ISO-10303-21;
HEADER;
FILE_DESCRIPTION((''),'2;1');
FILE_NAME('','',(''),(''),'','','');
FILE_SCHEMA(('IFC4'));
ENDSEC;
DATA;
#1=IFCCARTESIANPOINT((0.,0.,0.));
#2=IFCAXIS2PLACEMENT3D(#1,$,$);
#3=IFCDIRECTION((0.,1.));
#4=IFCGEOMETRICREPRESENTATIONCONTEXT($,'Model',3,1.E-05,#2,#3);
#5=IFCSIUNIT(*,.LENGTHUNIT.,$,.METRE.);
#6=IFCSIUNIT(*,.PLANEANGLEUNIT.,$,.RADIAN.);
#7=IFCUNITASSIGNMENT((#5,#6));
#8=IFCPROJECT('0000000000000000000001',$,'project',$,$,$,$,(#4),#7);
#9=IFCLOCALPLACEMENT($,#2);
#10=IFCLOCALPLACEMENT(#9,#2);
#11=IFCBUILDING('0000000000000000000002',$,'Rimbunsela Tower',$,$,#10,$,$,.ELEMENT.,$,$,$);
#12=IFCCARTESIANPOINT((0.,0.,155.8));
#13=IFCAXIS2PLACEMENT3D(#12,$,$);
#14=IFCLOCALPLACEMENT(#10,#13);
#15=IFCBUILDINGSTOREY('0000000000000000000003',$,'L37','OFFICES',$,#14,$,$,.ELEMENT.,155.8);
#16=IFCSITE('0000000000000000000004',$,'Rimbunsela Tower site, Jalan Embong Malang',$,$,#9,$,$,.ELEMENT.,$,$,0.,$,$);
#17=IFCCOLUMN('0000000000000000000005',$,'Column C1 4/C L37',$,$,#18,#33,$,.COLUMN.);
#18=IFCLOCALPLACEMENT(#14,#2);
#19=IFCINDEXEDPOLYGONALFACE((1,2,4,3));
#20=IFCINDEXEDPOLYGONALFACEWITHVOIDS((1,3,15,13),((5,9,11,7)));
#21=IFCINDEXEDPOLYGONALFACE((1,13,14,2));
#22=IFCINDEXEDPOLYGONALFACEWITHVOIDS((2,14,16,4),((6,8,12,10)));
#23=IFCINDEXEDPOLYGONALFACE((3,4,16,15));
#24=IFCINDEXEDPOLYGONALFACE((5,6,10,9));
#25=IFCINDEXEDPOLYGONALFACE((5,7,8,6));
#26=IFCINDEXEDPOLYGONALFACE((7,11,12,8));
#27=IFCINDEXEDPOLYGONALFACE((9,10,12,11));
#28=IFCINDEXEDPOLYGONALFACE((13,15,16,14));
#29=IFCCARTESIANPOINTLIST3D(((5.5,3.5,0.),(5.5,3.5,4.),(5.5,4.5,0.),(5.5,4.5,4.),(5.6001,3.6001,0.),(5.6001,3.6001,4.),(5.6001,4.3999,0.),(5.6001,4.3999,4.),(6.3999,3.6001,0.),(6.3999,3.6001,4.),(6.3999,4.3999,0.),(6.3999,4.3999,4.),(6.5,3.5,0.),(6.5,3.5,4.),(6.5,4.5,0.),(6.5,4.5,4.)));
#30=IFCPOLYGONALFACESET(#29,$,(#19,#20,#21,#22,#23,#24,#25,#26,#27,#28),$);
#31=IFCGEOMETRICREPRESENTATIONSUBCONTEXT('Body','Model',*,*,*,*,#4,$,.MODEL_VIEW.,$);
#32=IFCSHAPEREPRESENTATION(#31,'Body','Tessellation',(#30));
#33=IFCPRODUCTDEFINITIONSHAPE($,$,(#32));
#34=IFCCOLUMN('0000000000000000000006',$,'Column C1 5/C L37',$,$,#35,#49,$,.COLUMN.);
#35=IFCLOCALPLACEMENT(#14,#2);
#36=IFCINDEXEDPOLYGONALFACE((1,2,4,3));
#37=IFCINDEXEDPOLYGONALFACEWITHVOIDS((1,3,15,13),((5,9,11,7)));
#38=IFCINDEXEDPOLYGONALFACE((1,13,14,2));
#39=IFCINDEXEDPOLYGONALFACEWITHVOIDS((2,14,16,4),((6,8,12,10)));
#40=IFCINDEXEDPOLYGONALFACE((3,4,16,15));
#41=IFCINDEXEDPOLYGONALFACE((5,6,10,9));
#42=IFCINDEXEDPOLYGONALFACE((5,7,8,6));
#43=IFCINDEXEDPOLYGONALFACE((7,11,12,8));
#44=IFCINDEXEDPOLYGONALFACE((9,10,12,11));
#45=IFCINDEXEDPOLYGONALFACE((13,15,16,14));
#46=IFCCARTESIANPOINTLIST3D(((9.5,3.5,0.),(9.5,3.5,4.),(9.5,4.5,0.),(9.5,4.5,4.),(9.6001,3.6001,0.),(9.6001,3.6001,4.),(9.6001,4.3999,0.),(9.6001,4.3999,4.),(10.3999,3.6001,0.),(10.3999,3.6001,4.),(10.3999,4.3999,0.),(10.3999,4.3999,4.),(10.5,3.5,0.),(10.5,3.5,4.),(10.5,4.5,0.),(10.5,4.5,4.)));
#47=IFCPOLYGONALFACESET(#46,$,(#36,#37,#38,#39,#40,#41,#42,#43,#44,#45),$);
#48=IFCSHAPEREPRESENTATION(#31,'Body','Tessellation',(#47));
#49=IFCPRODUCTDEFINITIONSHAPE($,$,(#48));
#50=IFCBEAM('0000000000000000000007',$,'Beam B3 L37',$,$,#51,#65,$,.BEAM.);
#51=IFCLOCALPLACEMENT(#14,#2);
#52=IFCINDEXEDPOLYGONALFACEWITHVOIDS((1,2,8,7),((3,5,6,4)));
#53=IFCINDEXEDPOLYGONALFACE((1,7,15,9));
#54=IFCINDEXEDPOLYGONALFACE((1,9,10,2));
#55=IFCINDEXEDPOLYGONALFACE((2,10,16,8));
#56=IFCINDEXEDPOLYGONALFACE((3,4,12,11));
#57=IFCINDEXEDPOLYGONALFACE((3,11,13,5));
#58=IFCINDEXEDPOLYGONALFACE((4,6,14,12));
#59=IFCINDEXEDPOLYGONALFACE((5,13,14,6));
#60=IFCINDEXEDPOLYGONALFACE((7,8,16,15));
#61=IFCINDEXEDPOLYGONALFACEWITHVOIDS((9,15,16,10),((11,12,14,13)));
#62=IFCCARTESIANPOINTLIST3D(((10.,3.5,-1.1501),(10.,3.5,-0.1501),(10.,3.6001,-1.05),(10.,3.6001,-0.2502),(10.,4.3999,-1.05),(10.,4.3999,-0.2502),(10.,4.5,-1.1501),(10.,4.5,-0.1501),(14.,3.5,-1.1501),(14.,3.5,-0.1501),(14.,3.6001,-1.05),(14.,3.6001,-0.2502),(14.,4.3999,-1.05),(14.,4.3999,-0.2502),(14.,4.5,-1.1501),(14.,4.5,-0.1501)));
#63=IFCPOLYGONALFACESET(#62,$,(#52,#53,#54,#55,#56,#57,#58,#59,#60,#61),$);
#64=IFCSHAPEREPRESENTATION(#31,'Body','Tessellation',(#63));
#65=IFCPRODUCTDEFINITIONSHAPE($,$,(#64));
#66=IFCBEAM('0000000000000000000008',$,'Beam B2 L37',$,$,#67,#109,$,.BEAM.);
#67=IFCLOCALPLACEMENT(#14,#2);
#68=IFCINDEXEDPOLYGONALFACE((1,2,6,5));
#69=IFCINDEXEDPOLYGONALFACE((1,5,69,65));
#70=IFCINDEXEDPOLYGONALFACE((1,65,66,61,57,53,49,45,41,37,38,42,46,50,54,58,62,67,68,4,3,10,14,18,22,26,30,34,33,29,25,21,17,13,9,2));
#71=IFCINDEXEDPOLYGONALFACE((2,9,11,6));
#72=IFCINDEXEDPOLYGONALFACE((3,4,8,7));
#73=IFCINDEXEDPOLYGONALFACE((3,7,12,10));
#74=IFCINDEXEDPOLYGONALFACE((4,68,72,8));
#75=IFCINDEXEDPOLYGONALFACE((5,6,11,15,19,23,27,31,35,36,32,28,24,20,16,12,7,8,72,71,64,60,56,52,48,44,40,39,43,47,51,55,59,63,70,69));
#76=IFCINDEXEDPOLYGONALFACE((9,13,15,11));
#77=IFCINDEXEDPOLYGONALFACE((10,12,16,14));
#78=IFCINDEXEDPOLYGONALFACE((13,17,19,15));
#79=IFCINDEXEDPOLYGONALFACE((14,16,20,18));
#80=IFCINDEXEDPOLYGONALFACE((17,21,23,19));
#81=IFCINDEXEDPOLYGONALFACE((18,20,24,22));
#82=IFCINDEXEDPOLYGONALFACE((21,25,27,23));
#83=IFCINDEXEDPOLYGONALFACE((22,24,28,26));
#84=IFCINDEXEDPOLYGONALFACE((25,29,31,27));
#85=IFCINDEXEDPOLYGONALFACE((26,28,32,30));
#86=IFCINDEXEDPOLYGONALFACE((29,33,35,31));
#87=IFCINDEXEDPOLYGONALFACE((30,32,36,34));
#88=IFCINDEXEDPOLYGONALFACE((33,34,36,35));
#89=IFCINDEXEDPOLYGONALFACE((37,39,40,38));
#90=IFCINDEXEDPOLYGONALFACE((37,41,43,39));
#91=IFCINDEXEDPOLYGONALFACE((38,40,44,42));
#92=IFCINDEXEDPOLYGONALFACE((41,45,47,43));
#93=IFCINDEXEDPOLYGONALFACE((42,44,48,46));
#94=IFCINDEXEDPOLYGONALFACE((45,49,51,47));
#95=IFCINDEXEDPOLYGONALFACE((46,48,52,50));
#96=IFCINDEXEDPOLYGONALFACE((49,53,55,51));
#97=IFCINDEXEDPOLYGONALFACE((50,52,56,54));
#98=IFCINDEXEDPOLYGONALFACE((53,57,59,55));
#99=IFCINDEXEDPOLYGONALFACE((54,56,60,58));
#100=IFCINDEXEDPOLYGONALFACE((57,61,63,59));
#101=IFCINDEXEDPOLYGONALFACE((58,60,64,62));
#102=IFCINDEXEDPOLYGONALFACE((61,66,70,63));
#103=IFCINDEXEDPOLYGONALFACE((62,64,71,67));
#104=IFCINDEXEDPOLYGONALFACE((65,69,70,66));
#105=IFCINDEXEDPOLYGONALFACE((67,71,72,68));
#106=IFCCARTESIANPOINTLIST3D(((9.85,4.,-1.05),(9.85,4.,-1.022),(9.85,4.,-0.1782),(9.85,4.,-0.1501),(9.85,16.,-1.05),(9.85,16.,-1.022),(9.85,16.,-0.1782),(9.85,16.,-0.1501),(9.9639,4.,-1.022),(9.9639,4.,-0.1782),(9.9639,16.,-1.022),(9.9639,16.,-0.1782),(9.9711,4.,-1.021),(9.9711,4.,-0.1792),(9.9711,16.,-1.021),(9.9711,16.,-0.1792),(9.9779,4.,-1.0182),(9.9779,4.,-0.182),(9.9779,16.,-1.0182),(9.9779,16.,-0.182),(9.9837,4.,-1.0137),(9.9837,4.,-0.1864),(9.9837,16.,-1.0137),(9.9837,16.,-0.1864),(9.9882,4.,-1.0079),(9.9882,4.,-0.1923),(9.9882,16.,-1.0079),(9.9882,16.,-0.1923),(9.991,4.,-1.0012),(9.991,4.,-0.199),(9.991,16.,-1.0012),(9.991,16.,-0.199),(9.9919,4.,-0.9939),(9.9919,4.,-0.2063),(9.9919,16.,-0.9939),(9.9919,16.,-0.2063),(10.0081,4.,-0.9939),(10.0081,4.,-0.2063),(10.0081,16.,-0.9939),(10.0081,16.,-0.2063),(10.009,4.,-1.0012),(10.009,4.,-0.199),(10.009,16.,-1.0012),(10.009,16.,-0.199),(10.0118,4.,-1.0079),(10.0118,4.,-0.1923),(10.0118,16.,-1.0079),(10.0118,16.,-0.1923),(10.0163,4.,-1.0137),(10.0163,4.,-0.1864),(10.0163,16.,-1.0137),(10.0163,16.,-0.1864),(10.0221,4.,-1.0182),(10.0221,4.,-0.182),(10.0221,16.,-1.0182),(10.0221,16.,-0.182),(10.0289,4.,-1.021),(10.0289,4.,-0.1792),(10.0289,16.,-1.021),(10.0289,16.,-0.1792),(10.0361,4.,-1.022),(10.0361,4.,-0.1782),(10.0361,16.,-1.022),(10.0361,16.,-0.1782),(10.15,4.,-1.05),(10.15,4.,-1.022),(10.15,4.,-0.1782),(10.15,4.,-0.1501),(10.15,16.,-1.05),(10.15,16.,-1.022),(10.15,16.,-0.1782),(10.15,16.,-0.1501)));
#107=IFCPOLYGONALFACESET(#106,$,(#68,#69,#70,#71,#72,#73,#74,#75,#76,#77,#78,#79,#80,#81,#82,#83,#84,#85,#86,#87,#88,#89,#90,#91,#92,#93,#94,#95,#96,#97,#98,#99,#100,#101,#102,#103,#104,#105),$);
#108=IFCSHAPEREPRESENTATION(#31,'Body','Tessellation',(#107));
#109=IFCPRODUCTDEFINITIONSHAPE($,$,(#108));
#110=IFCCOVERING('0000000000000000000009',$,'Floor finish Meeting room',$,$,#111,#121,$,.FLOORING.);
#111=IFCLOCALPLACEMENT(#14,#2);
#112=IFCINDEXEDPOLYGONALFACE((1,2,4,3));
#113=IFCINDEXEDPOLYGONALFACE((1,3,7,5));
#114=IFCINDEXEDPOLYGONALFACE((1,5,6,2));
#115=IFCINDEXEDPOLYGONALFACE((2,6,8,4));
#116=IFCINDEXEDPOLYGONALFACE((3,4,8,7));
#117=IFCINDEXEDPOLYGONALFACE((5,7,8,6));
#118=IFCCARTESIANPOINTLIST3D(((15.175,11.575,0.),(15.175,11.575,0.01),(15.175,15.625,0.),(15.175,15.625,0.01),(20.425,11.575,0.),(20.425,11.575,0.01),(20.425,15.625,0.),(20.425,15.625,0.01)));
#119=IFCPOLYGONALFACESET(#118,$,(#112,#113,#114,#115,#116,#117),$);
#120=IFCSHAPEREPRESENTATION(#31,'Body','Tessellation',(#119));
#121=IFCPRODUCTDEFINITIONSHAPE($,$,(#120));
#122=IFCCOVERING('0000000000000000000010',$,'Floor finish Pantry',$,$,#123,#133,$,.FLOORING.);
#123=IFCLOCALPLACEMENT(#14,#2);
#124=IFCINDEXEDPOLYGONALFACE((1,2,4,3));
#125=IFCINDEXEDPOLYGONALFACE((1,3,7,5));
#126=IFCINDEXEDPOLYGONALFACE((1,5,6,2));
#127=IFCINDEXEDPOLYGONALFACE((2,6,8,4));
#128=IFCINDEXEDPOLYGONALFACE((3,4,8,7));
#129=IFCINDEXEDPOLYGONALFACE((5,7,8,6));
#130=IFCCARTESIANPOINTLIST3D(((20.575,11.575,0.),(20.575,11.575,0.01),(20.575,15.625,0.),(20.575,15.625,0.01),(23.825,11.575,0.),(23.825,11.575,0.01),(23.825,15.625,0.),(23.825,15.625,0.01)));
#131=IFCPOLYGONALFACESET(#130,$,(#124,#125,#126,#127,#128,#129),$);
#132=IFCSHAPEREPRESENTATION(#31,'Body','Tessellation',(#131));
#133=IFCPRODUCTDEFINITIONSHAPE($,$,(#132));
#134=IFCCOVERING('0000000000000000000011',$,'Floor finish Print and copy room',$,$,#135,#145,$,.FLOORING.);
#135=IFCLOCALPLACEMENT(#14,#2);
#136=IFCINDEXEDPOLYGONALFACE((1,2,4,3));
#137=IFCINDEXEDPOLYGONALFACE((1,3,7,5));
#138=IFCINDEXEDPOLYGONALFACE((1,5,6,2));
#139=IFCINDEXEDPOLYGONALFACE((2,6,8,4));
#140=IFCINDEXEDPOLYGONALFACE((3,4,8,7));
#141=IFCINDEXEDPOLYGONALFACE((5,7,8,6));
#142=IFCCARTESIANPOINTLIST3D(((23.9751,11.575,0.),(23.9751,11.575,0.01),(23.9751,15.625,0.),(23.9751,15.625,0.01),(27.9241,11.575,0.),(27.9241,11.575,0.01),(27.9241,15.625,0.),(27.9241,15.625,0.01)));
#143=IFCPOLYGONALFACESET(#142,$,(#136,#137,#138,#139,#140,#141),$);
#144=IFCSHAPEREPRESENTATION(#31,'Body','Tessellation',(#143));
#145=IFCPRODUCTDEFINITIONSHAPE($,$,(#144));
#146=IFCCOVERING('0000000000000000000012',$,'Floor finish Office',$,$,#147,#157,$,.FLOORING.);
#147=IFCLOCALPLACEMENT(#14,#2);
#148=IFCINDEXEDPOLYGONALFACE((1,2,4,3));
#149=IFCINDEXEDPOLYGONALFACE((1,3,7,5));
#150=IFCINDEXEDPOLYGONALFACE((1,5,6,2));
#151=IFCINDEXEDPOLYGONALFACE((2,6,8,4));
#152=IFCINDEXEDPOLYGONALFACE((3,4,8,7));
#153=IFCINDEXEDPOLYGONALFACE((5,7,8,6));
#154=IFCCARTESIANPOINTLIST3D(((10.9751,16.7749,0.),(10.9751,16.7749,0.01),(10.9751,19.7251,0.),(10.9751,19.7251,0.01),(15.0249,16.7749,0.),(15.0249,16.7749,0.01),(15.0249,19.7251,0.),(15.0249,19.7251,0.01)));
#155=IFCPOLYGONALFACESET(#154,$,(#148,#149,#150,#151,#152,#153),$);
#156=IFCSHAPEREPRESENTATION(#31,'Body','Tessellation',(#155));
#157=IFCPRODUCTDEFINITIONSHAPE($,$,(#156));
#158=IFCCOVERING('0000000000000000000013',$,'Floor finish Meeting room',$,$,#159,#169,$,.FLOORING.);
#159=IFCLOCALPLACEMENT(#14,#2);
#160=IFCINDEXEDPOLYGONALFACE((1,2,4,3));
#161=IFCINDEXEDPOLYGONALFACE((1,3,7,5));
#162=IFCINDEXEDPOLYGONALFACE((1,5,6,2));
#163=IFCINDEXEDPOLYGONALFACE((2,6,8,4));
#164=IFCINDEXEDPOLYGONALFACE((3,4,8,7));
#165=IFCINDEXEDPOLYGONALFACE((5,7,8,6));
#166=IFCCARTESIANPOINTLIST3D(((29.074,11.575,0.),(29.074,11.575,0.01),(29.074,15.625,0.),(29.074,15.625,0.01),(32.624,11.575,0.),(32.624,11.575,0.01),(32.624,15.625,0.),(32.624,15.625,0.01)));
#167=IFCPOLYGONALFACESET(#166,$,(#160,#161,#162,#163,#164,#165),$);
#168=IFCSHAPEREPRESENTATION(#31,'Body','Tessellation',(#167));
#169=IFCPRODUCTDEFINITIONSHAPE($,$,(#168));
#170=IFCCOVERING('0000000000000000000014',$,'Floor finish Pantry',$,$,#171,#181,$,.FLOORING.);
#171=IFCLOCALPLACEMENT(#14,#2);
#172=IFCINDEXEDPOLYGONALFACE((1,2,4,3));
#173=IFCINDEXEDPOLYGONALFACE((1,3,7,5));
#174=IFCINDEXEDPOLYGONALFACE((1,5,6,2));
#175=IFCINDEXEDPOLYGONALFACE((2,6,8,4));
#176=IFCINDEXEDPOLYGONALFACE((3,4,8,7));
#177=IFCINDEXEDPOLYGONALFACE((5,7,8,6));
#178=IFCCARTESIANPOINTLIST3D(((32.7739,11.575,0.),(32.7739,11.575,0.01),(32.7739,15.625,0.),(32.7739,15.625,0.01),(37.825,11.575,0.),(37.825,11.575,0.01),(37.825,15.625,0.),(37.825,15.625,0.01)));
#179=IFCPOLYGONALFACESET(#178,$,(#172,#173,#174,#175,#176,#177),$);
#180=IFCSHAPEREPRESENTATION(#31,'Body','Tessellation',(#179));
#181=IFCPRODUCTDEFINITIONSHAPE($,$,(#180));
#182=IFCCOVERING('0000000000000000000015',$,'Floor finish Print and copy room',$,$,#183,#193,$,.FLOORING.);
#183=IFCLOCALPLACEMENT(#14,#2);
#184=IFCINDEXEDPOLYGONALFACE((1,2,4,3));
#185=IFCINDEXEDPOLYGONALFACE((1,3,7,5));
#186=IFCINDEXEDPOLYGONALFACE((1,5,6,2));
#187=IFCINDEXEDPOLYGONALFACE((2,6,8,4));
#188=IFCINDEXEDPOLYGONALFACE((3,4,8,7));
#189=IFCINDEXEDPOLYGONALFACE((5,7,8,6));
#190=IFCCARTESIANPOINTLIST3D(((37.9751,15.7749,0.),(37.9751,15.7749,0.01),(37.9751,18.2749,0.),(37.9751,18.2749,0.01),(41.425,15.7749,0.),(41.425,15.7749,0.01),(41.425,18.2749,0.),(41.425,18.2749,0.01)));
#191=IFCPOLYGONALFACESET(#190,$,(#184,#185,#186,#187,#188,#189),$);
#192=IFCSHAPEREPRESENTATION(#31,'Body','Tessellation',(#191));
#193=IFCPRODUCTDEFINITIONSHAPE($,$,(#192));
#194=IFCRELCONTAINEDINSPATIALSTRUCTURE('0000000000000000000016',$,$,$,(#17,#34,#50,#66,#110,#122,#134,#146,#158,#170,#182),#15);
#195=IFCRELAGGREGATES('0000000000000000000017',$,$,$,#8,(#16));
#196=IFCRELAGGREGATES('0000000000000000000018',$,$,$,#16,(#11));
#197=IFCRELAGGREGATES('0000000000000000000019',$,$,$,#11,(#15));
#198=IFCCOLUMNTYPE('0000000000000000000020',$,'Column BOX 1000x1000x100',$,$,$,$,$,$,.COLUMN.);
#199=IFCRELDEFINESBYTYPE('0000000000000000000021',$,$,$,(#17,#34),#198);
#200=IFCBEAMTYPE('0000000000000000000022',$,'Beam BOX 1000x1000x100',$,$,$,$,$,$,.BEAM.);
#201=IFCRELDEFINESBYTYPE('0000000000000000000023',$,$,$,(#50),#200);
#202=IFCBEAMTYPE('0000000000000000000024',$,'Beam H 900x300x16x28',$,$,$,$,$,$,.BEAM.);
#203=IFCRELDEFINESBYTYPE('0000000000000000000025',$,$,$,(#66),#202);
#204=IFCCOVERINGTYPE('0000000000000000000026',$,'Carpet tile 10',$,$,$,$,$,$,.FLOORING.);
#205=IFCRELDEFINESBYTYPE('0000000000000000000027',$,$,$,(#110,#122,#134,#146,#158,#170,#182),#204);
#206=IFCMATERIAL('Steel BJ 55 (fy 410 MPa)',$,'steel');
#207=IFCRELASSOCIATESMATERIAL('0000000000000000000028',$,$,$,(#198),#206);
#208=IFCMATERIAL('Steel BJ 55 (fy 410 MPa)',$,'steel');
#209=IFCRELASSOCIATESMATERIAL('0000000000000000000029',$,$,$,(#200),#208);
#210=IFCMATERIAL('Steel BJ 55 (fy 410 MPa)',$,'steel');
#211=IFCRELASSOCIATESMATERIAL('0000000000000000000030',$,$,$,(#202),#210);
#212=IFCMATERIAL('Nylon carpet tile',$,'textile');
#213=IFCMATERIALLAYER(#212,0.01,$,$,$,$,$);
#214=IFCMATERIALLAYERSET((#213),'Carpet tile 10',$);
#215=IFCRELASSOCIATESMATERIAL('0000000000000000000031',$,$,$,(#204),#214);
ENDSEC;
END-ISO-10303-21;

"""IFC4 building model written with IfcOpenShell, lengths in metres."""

from ifc_helpers import new_model, si_unit, direction, frame, origin, origin_2d, place, context, subcontext, project, spatial, polyline, hollow_rectangle, i_section, outline, extrude, material, layer, layer_set, material_profile, profile_set, type_object, element, save


model = new_model("IFC4")

# Units and contexts
model_context = context("Model", 3, precision=1e-05, world=origin(), true_north=direction((0.0, 1.0)))
body_context = subcontext(model_context, "Body", "Model", "MODEL_VIEW")
ifc_project = project(units=[si_unit("LENGTHUNIT", "METRE"), si_unit("PLANEANGLEUNIT", "RADIAN")], contexts=[model_context])

# Site, building, storey
site_placement = place(None, origin())
site = spatial("IfcSite", under=ifc_project, at=site_placement, Name="Rimbunsela Tower site, Jalan Embong Malang", CompositionType="ELEMENT", RefElevation=0.0)
building_placement = place(site_placement, origin())
building = spatial("IfcBuilding", under=site, at=building_placement, Name="Rimbunsela Tower", CompositionType="ELEMENT")
storey_placement = place(building_placement, frame((0.0, 0.0, 155.8)))
storey = spatial("IfcBuildingStorey", under=building, at=storey_placement, Name="L37", Description="OFFICES", CompositionType="ELEMENT", Elevation=155.8)

# Columns
ifc_material_1 = material(Name="Steel BJ 55 (fy 410 MPa)", Category="steel")
ifc_material_profile_1 = material_profile(ifc_material_1, hollow_rectangle(XDim=1.0, YDim=1.0, WallThickness=0.1001, at=origin_2d()), Name="BOX 1000x1000x100")
ifc_profile_set_1 = profile_set([ifc_material_profile_1], Name="Steel BJ 55 (fy 410 MPa)")
column_type = type_object("IfcColumnType", Name="Column BOX 1000x1000x100", PredefinedType="COLUMN", material=ifc_profile_set_1)
for number, where, z_axis, x_axis, name in (
    (1, (6.0, 4.0, 0.0), (0.0, 0.0, 1.0), (1.0, 0.0, 0.0), "Column C1 4/C L37"),
    (2, (10.0, 4.0, 0.0), (0.0, 0.0, 1.0), (1.0, 0.0, 0.0), "Column C1 5/C L37"),
):
    element("IfcColumn", number, at=place(storey_placement, frame(where, z_axis=z_axis, x_axis=x_axis)), inside=storey, type_object=column_type, Name=name, PredefinedType="COLUMN", context=body_context, shape_type="SweptSolid", body=[
        extrude(hollow_rectangle(XDim=1.0, YDim=1.0, WallThickness=0.1001, at=origin_2d()), origin(), (0.0, 0.0, 1.0), 4.0),
    ])

# Beams
ifc_material_2 = material(Name="Steel BJ 55 (fy 410 MPa)", Category="steel")
ifc_material_profile_2 = material_profile(ifc_material_2, hollow_rectangle(XDim=1.0, YDim=1.0, WallThickness=0.1001, at=origin_2d()), Name="BOX 1000x1000x100")
ifc_profile_set_2 = profile_set([ifc_material_profile_2], Name="Steel BJ 55 (fy 410 MPa)")
beam_type_1 = type_object("IfcBeamType", Name="Beam BOX 1000x1000x100", PredefinedType="BEAM", material=ifc_profile_set_2)
beam_1_placement = place(storey_placement, frame((10.0, 4.0, -0.6501), z_axis=(1.0, 0.0, 0.0), x_axis=(0.0, 1.0, 0.0)))
element("IfcBeam", 3, at=beam_1_placement, inside=storey, type_object=beam_type_1, Name="Beam B3 L37", PredefinedType="BEAM", context=body_context, shape_type="SweptSolid", body=[
    extrude(hollow_rectangle(XDim=1.0, YDim=1.0, WallThickness=0.1001, at=origin_2d()), origin(), (0.0, 0.0, 1.0), 4.0),
])
ifc_material_3 = material(Name="Steel BJ 55 (fy 410 MPa)", Category="steel")
ifc_material_profile_3 = material_profile(ifc_material_3, i_section(OverallWidth=0.3, OverallDepth=0.8999, WebThickness=0.0161, FlangeThickness=0.0281, FilletRadius=0.0281, at=origin_2d()), Name="H 900x300x16x28")
ifc_profile_set_3 = profile_set([ifc_material_profile_3], Name="Steel BJ 55 (fy 410 MPa)")
beam_type_2 = type_object("IfcBeamType", Name="Beam H 900x300x16x28", PredefinedType="BEAM", material=ifc_profile_set_3)
beam_2_placement = place(storey_placement, frame((10.0, 4.0, -0.6001), z_axis=(0.0, 1.0, 0.0), x_axis=(-1.0, 0.0, 0.0)))
element("IfcBeam", 4, at=beam_2_placement, inside=storey, type_object=beam_type_2, Name="Beam B2 L37", PredefinedType="BEAM", context=body_context, shape_type="SweptSolid", body=[
    extrude(i_section(OverallWidth=0.3, OverallDepth=0.8999, WebThickness=0.0161, FlangeThickness=0.0281, FilletRadius=0.0281, at=origin_2d()), origin(), (0.0, 0.0, 1.0), 12.0),
])

# Coverings
ifc_material_4 = material(Name="Nylon carpet tile", Category="textile")
ifc_layer_1 = layer(ifc_material_4, 0.01)
ifc_layer_set_1 = layer_set([ifc_layer_1], Name="Carpet tile 10")
covering_type_1 = type_object("IfcCoveringType", Name="Carpet tile 10", PredefinedType="FLOORING", material=ifc_layer_set_1)
covering_1_placement = place(storey_placement, origin())
element("IfcCovering", 5, at=covering_1_placement, inside=storey, type_object=covering_type_1, Name="Floor finish Meeting room", PredefinedType="FLOORING", context=body_context, shape_type="SweptSolid", body=[
    extrude(outline(polyline([(20.425, 11.575), (20.425, 15.625), (15.175, 15.625), (15.175, 11.575), (20.425, 11.575)])), origin(), (0.0, 0.0, 1.0), 0.01),
])
covering_2_placement = place(storey_placement, origin())
element("IfcCovering", 6, at=covering_2_placement, inside=storey, type_object=covering_type_1, Name="Floor finish Pantry", PredefinedType="FLOORING", context=body_context, shape_type="SweptSolid", body=[
    extrude(outline(polyline([(23.825, 11.575), (23.825, 15.625), (20.575, 15.625), (20.575, 11.575), (23.825, 11.575)])), origin(), (0.0, 0.0, 1.0), 0.01),
])
covering_3_placement = place(storey_placement, origin())
element("IfcCovering", 7, at=covering_3_placement, inside=storey, type_object=covering_type_1, Name="Floor finish Print and copy room", PredefinedType="FLOORING", context=body_context, shape_type="SweptSolid", body=[
    extrude(outline(polyline([(27.9241, 11.575), (27.9241, 15.625), (23.9751, 15.625), (23.9751, 11.575), (27.9241, 11.575)])), origin(), (0.0, 0.0, 1.0), 0.01),
])
covering_4_placement = place(storey_placement, origin())
element("IfcCovering", 8, at=covering_4_placement, inside=storey, type_object=covering_type_1, Name="Floor finish Office", PredefinedType="FLOORING", context=body_context, shape_type="SweptSolid", body=[
    extrude(outline(polyline([(15.0249, 16.7749), (15.0249, 19.7251), (10.9751, 19.7251), (10.9751, 16.7749), (15.0249, 16.7749)])), origin(), (0.0, 0.0, 1.0), 0.01),
])
covering_5_placement = place(storey_placement, origin())
element("IfcCovering", 9, at=covering_5_placement, inside=storey, type_object=covering_type_1, Name="Floor finish Meeting room", PredefinedType="FLOORING", context=body_context, shape_type="SweptSolid", body=[
    extrude(outline(polyline([(32.624, 11.575), (32.624, 15.625), (29.074, 15.625), (29.074, 11.575), (32.624, 11.575)])), origin(), (0.0, 0.0, 1.0), 0.01),
])
covering_6_placement = place(storey_placement, origin())
element("IfcCovering", 10, at=covering_6_placement, inside=storey, type_object=covering_type_1, Name="Floor finish Pantry", PredefinedType="FLOORING", context=body_context, shape_type="SweptSolid", body=[
    extrude(outline(polyline([(37.825, 11.575), (37.825, 15.625), (32.7739, 15.625), (32.7739, 11.575), (37.825, 11.575)])), origin(), (0.0, 0.0, 1.0), 0.01),
])
covering_7_placement = place(storey_placement, origin())
element("IfcCovering", 11, at=covering_7_placement, inside=storey, type_object=covering_type_1, Name="Floor finish Print and copy room", PredefinedType="FLOORING", context=body_context, shape_type="SweptSolid", body=[
    extrude(outline(polyline([(41.425, 15.7749), (41.425, 18.2749), (37.9751, 18.2749), (37.9751, 15.7749), (41.425, 15.7749)])), origin(), (0.0, 0.0, 1.0), 0.01),
])

save(model, "model.ifc")
